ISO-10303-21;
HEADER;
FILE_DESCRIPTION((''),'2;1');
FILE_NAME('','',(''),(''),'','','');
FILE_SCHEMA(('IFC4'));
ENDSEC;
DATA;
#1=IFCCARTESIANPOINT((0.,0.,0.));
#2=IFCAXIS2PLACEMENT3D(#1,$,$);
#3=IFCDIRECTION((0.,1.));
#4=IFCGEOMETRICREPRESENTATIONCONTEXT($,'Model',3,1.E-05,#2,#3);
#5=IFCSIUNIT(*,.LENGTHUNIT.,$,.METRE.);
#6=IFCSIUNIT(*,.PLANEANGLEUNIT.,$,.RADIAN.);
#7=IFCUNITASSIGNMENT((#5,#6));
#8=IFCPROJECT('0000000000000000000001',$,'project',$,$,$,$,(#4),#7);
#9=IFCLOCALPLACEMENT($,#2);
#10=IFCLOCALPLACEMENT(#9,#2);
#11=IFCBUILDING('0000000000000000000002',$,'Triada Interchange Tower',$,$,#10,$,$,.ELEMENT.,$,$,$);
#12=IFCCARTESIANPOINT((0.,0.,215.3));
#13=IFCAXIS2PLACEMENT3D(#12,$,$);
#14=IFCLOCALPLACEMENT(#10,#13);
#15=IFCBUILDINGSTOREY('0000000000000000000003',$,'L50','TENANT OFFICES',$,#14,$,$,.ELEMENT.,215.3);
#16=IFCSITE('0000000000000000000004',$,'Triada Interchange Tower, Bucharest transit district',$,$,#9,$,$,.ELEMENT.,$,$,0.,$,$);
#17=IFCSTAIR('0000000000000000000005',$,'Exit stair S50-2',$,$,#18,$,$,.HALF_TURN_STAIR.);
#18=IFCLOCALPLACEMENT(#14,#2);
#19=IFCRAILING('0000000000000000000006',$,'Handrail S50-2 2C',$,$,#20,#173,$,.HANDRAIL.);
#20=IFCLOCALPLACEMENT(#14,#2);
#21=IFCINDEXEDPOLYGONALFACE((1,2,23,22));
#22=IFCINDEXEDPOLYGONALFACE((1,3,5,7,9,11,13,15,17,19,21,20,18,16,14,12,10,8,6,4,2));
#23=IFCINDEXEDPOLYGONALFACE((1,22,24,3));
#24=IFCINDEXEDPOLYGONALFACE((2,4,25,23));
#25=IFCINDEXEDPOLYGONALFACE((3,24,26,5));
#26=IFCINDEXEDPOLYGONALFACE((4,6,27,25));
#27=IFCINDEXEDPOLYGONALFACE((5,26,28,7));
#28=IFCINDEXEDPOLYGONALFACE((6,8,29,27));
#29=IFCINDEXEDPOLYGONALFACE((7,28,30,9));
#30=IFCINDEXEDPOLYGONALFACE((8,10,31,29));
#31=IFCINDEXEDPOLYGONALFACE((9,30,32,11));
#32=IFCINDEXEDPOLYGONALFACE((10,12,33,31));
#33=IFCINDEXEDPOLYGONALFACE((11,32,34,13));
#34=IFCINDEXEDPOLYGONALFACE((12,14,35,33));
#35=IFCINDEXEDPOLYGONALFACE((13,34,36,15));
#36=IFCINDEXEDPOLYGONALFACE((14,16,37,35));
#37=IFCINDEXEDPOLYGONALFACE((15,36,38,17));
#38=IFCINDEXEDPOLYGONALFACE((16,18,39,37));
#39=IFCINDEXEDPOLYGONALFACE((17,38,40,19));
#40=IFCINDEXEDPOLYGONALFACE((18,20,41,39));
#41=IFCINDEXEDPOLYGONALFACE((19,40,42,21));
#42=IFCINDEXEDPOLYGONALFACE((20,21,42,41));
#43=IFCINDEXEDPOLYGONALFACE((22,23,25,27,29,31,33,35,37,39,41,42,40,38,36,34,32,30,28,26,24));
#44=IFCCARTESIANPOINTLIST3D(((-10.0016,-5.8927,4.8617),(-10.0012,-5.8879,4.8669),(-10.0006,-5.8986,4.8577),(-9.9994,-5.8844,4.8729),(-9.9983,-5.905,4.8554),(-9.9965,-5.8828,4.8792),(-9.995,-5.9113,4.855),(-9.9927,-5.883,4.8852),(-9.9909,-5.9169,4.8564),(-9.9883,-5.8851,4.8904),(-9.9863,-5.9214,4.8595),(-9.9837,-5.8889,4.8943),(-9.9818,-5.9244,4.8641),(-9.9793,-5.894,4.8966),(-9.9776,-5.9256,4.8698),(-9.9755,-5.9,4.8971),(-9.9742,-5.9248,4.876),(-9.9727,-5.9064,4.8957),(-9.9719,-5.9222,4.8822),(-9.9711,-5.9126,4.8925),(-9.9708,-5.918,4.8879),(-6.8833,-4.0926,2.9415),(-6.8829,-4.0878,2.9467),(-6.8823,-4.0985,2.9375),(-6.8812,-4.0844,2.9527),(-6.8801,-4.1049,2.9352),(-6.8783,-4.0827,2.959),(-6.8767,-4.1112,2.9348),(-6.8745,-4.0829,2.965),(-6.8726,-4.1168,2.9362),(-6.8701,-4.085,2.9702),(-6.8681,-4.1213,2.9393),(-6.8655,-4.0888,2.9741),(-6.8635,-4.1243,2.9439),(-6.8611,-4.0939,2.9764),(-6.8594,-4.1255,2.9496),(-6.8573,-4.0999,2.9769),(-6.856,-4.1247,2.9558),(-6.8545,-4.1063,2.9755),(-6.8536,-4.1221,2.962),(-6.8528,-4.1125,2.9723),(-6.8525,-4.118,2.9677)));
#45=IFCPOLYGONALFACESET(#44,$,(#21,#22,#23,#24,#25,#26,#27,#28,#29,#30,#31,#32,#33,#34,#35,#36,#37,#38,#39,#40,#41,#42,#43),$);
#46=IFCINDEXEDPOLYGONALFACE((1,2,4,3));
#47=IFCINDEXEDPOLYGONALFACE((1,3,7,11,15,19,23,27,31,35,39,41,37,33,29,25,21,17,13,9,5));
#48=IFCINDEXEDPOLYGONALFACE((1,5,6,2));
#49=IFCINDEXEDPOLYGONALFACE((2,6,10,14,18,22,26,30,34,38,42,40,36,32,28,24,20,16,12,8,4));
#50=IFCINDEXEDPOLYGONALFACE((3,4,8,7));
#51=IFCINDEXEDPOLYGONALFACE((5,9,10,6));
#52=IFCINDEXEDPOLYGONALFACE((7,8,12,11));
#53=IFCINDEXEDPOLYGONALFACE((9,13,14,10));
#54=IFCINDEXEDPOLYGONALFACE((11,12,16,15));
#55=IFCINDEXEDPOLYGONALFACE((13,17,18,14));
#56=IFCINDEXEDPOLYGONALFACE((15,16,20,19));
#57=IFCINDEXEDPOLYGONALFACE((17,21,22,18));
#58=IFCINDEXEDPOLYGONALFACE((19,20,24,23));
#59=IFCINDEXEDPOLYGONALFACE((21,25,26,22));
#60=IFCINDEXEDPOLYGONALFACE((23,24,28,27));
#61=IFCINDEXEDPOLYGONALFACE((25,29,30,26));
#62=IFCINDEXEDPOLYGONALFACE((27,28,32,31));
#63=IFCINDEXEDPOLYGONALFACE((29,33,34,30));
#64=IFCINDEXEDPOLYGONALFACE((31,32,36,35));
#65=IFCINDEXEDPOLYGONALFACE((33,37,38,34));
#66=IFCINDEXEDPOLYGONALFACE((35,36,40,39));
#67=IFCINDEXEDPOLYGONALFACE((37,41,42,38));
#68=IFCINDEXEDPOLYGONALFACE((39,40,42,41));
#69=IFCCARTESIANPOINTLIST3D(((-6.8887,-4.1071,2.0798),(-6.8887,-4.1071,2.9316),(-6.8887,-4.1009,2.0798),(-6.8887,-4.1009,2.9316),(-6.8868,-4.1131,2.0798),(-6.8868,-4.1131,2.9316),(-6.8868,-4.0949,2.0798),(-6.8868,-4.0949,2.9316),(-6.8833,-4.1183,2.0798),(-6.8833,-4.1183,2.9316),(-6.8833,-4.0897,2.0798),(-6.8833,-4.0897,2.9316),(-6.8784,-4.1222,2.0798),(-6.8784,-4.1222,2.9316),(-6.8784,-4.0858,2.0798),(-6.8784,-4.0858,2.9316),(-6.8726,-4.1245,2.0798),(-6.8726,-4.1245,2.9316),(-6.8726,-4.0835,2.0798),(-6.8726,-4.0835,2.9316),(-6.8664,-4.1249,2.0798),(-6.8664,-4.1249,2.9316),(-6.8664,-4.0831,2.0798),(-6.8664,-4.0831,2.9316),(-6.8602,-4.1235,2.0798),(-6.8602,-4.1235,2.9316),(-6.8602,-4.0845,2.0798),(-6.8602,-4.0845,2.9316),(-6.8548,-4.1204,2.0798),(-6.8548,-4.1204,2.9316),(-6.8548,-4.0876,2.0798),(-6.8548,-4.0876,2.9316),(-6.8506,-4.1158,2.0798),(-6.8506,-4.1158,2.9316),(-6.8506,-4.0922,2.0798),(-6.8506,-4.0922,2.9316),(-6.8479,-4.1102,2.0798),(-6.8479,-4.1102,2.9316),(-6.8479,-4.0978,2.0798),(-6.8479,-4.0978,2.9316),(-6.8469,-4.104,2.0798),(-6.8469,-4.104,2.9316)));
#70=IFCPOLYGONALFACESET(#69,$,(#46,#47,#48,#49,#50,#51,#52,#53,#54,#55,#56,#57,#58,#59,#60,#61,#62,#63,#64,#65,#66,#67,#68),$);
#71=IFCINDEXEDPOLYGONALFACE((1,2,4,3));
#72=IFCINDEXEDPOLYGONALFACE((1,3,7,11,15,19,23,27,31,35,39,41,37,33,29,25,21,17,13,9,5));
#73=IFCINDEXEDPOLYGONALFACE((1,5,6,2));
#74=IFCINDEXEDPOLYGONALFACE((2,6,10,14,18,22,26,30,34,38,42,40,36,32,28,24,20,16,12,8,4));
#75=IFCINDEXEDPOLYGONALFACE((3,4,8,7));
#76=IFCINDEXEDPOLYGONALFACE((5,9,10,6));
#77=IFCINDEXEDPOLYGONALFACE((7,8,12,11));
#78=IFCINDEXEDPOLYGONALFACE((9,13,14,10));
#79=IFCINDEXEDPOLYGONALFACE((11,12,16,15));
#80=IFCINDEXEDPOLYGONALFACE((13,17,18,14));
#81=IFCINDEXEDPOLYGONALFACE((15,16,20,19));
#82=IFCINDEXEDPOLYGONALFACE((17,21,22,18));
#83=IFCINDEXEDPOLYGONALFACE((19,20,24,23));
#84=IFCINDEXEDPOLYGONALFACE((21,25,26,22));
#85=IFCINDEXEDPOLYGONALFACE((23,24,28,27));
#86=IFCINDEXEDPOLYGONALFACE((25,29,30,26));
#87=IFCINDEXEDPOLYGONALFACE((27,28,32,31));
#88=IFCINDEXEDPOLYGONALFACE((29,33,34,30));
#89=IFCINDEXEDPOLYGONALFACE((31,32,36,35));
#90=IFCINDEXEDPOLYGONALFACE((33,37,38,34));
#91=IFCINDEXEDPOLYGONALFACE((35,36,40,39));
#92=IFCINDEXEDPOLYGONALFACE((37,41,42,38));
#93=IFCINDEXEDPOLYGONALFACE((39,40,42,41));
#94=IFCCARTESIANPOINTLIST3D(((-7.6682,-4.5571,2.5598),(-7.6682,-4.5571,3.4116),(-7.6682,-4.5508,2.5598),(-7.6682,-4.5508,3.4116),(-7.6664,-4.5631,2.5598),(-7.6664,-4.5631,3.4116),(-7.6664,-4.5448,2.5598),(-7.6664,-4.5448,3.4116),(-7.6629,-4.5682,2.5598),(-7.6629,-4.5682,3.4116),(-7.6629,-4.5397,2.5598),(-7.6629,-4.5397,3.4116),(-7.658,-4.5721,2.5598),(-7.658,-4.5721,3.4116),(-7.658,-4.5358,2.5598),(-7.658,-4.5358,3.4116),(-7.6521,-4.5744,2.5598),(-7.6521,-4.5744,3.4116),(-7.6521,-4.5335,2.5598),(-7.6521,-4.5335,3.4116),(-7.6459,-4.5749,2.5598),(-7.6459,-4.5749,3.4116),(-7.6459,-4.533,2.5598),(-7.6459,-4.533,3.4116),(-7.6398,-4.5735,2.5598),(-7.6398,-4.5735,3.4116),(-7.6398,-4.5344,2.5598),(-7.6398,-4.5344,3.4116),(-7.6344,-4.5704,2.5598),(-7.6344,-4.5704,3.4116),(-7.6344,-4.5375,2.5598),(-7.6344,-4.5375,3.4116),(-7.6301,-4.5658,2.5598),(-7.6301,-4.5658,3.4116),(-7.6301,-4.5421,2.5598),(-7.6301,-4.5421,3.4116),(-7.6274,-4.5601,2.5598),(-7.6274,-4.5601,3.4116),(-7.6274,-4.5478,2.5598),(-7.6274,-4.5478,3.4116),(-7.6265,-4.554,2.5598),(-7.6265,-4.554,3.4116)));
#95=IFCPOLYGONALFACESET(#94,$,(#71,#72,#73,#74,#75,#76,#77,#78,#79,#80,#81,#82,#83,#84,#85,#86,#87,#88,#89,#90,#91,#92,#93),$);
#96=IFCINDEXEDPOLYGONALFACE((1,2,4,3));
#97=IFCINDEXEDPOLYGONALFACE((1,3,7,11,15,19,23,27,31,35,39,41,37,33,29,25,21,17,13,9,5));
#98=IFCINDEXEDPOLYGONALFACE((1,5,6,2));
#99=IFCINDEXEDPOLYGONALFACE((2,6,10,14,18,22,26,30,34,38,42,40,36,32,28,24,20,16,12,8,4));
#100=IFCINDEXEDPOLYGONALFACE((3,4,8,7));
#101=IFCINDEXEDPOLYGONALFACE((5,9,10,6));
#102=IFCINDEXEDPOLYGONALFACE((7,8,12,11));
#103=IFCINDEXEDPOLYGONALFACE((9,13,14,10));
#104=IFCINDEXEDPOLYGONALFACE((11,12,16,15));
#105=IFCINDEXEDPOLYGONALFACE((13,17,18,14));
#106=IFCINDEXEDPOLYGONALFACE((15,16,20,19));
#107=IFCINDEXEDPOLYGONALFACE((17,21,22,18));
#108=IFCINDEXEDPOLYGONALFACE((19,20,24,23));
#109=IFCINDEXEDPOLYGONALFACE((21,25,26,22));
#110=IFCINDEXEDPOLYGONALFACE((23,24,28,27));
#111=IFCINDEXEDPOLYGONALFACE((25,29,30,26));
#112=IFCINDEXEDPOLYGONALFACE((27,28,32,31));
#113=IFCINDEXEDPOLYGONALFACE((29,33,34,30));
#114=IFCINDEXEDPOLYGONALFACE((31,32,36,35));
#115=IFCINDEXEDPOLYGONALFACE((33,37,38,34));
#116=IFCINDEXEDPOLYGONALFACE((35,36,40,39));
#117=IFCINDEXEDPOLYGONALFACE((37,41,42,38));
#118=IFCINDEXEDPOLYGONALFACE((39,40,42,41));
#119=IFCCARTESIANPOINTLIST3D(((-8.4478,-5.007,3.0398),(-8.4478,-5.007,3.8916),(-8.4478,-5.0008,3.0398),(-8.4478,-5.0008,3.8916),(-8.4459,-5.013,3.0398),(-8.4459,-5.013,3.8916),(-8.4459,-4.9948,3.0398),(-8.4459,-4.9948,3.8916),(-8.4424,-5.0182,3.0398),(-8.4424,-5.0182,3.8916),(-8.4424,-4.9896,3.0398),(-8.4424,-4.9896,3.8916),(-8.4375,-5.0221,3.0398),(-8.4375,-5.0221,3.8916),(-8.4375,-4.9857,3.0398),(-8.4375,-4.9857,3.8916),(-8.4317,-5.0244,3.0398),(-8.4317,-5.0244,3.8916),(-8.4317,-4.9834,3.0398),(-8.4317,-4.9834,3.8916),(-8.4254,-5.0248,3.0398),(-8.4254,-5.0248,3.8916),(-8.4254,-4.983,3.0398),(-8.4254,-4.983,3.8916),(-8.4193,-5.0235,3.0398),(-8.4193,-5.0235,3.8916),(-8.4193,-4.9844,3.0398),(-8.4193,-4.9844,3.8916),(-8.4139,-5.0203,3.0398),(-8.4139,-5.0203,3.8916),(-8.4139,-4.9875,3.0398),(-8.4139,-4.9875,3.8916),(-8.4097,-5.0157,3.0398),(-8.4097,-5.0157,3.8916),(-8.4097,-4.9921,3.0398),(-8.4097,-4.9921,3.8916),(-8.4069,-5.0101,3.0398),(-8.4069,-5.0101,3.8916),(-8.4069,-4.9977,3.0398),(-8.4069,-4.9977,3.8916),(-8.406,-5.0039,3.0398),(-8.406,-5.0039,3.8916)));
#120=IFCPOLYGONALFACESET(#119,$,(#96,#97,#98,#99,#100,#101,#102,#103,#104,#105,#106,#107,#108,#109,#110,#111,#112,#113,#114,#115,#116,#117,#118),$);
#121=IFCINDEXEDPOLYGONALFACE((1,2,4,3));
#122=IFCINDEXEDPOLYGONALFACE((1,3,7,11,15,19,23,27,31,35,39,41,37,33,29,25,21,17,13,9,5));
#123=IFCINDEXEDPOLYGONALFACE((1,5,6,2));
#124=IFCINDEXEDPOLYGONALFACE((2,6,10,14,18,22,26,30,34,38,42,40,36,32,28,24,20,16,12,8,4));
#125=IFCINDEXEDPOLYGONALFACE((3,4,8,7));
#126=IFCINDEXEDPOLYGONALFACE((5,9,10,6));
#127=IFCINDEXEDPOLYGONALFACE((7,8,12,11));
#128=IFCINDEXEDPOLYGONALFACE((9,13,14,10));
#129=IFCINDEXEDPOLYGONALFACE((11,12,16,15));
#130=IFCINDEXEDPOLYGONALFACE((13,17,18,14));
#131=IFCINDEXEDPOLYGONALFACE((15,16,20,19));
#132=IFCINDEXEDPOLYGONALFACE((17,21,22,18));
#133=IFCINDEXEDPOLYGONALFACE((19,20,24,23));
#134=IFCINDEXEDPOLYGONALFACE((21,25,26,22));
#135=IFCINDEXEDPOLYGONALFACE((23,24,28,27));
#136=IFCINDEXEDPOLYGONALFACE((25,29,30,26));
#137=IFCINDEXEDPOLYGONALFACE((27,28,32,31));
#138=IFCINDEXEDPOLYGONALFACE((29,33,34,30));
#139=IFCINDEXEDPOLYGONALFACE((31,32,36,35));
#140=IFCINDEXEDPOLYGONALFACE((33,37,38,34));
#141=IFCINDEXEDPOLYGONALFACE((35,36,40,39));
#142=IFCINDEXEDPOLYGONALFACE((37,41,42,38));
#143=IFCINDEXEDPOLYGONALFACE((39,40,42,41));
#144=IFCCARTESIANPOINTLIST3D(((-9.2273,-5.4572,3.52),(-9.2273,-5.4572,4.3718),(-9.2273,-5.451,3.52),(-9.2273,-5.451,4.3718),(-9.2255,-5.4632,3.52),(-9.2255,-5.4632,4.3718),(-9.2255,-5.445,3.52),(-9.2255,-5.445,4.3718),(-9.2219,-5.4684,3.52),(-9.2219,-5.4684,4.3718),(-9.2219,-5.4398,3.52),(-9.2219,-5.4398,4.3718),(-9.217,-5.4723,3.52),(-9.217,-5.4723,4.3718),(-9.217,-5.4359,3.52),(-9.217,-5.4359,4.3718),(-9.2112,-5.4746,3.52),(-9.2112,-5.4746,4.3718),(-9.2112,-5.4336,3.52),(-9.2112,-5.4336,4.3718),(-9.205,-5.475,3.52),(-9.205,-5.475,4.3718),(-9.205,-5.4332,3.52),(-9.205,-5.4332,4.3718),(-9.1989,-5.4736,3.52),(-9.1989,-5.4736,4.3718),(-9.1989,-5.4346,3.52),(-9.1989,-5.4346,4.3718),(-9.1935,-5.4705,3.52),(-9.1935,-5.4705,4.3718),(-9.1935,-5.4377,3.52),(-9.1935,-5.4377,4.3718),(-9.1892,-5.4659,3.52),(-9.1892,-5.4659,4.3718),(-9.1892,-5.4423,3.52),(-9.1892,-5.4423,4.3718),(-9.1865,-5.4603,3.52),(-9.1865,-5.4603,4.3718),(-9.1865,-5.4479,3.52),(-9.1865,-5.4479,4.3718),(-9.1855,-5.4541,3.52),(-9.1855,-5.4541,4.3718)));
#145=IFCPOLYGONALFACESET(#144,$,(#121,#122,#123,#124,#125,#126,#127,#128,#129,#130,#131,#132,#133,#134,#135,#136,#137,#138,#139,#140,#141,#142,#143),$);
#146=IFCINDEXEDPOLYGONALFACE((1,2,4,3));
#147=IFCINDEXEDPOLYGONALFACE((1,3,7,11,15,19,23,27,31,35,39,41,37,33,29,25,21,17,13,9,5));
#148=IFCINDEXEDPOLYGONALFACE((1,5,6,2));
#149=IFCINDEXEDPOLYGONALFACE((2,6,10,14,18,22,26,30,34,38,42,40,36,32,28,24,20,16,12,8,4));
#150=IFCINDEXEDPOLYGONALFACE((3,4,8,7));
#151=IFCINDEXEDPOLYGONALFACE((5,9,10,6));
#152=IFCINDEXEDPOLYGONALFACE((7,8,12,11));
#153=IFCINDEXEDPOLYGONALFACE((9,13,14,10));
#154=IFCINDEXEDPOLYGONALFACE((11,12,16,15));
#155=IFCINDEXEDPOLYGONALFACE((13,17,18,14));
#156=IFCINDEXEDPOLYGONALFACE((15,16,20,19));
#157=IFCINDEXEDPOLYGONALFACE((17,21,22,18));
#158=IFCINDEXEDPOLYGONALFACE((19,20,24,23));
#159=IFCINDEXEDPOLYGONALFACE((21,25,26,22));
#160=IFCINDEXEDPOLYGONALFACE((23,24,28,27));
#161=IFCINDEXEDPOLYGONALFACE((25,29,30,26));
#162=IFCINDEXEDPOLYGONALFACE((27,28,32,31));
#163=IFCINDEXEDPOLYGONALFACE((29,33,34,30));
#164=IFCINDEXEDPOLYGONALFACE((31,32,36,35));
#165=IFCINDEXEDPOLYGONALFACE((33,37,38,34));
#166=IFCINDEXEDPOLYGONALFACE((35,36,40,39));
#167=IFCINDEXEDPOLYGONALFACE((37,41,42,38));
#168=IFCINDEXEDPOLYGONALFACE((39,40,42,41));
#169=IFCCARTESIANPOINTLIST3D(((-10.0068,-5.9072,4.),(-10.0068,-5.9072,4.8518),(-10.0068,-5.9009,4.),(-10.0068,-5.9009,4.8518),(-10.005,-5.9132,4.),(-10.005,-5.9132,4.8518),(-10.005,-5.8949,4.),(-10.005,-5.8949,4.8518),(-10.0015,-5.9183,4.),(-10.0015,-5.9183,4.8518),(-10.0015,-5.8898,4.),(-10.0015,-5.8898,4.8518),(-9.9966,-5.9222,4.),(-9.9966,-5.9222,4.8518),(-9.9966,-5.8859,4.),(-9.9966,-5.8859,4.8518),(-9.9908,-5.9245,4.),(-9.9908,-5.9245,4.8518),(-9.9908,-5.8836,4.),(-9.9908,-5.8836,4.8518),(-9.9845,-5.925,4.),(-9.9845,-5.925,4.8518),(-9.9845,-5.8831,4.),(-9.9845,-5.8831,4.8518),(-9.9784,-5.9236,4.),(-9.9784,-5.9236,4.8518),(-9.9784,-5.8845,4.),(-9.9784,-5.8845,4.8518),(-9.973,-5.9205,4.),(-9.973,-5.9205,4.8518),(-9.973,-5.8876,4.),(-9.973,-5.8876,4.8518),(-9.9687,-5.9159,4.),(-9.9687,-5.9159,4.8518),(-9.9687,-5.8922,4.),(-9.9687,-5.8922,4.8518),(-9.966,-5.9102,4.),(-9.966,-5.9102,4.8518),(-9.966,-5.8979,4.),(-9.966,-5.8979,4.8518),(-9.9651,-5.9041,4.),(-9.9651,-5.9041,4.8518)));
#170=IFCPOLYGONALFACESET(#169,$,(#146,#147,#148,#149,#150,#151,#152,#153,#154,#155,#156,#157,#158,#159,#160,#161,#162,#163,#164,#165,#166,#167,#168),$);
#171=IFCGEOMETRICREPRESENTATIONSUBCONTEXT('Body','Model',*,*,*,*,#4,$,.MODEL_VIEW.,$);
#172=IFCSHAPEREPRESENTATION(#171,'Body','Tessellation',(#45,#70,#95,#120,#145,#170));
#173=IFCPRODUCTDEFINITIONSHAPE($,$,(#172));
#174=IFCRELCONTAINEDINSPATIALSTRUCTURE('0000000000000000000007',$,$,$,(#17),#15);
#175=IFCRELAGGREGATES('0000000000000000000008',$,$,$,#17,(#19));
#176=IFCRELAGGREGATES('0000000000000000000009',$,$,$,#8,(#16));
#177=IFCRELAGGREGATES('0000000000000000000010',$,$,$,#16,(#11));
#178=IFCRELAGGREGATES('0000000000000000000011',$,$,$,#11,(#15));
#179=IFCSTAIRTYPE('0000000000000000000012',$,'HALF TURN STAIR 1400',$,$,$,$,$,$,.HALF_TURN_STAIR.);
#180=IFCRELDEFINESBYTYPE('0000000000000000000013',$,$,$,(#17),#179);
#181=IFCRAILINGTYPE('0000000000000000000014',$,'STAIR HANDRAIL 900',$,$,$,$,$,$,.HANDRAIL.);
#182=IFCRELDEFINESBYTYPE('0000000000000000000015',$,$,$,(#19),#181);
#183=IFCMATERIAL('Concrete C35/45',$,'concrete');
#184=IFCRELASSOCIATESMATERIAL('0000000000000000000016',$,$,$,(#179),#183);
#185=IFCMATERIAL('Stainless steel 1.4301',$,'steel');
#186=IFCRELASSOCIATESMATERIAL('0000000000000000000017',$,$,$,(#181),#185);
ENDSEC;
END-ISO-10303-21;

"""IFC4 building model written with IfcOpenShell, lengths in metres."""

from ifc_helpers import new_model, si_unit, direction, frame, origin, origin_2d, place, context, subcontext, project, spatial, circle, extrude, material, type_object, element, aggregate, save


model = new_model("IFC4")

# Units and contexts
model_context = context("Model", 3, precision=1e-05, world=origin(), true_north=direction((0.0, 1.0)))
body_context = subcontext(model_context, "Body", "Model", "MODEL_VIEW")
ifc_project = project(units=[si_unit("LENGTHUNIT", "METRE"), si_unit("PLANEANGLEUNIT", "RADIAN")], contexts=[model_context])

# Site, building, storey
site_placement = place(None, origin())
site = spatial("IfcSite", under=ifc_project, at=site_placement, Name="Triada Interchange Tower, Bucharest transit district", CompositionType="ELEMENT", RefElevation=0.0)
building_placement = place(site_placement, origin())
building = spatial("IfcBuilding", under=site, at=building_placement, Name="Triada Interchange Tower", CompositionType="ELEMENT")
storey_placement = place(building_placement, frame((0.0, 0.0, 215.3)))
storey = spatial("IfcBuildingStorey", under=building, at=storey_placement, Name="L50", Description="TENANT OFFICES", CompositionType="ELEMENT", Elevation=215.3)

# Stair, railing
ifc_material_1 = material(Name="Concrete C35/45", Category="concrete")
stair_type = type_object("IfcStairType", Name="HALF TURN STAIR 1400", PredefinedType="HALF_TURN_STAIR", material=ifc_material_1)
stair_placement = place(storey_placement, origin())
stair = element("IfcStair", 1, at=stair_placement, inside=storey, type_object=stair_type, Name="Exit stair S50-2", PredefinedType="HALF_TURN_STAIR")
ifc_material_2 = material(Name="Stainless steel 1.4301", Category="steel")
railing_type = type_object("IfcRailingType", Name="STAIR HANDRAIL 900", PredefinedType="HANDRAIL", material=ifc_material_2)
railing_1_placement = place(storey_placement, frame((-6.8679, -4.104, 2.0798)))
railing_1 = element("IfcRailing", 2, at=railing_1_placement, type_object=railing_type, Name="Handrail S50-2 2C", PredefinedType="HANDRAIL", context=body_context, shape_type="SweptSolid", body=[
    extrude(circle(Radius=0.0239, at=origin_2d()), frame((0.0, 0.0, 0.876), z_axis=(-0.76417, -0.441139, 0.470576), x_axis=(0.499953, -0.866052, 0.0)), (0.0, 0.0, 1.0), 4.0806),
    extrude(circle(Radius=0.021, at=origin_2d()), origin(), (0.0, 0.0, 1.0), 0.8518),
    extrude(circle(Radius=0.021, at=origin_2d()), frame((-0.7795, -0.45, 0.48)), (0.0, 0.0, 1.0), 0.8518),
    extrude(circle(Radius=0.021, at=origin_2d()), frame((-1.5591, -0.8999, 0.96)), (0.0, 0.0, 1.0), 0.8518),
    extrude(circle(Radius=0.021, at=origin_2d()), frame((-2.3386, -1.3501, 1.4402)), (0.0, 0.0, 1.0), 0.8518),
    extrude(circle(Radius=0.021, at=origin_2d()), frame((-3.1182, -1.8, 1.9202)), (0.0, 0.0, 1.0), 0.8518),
])
aggregate(stair, [railing_1])

save(model, "model.ifc")
